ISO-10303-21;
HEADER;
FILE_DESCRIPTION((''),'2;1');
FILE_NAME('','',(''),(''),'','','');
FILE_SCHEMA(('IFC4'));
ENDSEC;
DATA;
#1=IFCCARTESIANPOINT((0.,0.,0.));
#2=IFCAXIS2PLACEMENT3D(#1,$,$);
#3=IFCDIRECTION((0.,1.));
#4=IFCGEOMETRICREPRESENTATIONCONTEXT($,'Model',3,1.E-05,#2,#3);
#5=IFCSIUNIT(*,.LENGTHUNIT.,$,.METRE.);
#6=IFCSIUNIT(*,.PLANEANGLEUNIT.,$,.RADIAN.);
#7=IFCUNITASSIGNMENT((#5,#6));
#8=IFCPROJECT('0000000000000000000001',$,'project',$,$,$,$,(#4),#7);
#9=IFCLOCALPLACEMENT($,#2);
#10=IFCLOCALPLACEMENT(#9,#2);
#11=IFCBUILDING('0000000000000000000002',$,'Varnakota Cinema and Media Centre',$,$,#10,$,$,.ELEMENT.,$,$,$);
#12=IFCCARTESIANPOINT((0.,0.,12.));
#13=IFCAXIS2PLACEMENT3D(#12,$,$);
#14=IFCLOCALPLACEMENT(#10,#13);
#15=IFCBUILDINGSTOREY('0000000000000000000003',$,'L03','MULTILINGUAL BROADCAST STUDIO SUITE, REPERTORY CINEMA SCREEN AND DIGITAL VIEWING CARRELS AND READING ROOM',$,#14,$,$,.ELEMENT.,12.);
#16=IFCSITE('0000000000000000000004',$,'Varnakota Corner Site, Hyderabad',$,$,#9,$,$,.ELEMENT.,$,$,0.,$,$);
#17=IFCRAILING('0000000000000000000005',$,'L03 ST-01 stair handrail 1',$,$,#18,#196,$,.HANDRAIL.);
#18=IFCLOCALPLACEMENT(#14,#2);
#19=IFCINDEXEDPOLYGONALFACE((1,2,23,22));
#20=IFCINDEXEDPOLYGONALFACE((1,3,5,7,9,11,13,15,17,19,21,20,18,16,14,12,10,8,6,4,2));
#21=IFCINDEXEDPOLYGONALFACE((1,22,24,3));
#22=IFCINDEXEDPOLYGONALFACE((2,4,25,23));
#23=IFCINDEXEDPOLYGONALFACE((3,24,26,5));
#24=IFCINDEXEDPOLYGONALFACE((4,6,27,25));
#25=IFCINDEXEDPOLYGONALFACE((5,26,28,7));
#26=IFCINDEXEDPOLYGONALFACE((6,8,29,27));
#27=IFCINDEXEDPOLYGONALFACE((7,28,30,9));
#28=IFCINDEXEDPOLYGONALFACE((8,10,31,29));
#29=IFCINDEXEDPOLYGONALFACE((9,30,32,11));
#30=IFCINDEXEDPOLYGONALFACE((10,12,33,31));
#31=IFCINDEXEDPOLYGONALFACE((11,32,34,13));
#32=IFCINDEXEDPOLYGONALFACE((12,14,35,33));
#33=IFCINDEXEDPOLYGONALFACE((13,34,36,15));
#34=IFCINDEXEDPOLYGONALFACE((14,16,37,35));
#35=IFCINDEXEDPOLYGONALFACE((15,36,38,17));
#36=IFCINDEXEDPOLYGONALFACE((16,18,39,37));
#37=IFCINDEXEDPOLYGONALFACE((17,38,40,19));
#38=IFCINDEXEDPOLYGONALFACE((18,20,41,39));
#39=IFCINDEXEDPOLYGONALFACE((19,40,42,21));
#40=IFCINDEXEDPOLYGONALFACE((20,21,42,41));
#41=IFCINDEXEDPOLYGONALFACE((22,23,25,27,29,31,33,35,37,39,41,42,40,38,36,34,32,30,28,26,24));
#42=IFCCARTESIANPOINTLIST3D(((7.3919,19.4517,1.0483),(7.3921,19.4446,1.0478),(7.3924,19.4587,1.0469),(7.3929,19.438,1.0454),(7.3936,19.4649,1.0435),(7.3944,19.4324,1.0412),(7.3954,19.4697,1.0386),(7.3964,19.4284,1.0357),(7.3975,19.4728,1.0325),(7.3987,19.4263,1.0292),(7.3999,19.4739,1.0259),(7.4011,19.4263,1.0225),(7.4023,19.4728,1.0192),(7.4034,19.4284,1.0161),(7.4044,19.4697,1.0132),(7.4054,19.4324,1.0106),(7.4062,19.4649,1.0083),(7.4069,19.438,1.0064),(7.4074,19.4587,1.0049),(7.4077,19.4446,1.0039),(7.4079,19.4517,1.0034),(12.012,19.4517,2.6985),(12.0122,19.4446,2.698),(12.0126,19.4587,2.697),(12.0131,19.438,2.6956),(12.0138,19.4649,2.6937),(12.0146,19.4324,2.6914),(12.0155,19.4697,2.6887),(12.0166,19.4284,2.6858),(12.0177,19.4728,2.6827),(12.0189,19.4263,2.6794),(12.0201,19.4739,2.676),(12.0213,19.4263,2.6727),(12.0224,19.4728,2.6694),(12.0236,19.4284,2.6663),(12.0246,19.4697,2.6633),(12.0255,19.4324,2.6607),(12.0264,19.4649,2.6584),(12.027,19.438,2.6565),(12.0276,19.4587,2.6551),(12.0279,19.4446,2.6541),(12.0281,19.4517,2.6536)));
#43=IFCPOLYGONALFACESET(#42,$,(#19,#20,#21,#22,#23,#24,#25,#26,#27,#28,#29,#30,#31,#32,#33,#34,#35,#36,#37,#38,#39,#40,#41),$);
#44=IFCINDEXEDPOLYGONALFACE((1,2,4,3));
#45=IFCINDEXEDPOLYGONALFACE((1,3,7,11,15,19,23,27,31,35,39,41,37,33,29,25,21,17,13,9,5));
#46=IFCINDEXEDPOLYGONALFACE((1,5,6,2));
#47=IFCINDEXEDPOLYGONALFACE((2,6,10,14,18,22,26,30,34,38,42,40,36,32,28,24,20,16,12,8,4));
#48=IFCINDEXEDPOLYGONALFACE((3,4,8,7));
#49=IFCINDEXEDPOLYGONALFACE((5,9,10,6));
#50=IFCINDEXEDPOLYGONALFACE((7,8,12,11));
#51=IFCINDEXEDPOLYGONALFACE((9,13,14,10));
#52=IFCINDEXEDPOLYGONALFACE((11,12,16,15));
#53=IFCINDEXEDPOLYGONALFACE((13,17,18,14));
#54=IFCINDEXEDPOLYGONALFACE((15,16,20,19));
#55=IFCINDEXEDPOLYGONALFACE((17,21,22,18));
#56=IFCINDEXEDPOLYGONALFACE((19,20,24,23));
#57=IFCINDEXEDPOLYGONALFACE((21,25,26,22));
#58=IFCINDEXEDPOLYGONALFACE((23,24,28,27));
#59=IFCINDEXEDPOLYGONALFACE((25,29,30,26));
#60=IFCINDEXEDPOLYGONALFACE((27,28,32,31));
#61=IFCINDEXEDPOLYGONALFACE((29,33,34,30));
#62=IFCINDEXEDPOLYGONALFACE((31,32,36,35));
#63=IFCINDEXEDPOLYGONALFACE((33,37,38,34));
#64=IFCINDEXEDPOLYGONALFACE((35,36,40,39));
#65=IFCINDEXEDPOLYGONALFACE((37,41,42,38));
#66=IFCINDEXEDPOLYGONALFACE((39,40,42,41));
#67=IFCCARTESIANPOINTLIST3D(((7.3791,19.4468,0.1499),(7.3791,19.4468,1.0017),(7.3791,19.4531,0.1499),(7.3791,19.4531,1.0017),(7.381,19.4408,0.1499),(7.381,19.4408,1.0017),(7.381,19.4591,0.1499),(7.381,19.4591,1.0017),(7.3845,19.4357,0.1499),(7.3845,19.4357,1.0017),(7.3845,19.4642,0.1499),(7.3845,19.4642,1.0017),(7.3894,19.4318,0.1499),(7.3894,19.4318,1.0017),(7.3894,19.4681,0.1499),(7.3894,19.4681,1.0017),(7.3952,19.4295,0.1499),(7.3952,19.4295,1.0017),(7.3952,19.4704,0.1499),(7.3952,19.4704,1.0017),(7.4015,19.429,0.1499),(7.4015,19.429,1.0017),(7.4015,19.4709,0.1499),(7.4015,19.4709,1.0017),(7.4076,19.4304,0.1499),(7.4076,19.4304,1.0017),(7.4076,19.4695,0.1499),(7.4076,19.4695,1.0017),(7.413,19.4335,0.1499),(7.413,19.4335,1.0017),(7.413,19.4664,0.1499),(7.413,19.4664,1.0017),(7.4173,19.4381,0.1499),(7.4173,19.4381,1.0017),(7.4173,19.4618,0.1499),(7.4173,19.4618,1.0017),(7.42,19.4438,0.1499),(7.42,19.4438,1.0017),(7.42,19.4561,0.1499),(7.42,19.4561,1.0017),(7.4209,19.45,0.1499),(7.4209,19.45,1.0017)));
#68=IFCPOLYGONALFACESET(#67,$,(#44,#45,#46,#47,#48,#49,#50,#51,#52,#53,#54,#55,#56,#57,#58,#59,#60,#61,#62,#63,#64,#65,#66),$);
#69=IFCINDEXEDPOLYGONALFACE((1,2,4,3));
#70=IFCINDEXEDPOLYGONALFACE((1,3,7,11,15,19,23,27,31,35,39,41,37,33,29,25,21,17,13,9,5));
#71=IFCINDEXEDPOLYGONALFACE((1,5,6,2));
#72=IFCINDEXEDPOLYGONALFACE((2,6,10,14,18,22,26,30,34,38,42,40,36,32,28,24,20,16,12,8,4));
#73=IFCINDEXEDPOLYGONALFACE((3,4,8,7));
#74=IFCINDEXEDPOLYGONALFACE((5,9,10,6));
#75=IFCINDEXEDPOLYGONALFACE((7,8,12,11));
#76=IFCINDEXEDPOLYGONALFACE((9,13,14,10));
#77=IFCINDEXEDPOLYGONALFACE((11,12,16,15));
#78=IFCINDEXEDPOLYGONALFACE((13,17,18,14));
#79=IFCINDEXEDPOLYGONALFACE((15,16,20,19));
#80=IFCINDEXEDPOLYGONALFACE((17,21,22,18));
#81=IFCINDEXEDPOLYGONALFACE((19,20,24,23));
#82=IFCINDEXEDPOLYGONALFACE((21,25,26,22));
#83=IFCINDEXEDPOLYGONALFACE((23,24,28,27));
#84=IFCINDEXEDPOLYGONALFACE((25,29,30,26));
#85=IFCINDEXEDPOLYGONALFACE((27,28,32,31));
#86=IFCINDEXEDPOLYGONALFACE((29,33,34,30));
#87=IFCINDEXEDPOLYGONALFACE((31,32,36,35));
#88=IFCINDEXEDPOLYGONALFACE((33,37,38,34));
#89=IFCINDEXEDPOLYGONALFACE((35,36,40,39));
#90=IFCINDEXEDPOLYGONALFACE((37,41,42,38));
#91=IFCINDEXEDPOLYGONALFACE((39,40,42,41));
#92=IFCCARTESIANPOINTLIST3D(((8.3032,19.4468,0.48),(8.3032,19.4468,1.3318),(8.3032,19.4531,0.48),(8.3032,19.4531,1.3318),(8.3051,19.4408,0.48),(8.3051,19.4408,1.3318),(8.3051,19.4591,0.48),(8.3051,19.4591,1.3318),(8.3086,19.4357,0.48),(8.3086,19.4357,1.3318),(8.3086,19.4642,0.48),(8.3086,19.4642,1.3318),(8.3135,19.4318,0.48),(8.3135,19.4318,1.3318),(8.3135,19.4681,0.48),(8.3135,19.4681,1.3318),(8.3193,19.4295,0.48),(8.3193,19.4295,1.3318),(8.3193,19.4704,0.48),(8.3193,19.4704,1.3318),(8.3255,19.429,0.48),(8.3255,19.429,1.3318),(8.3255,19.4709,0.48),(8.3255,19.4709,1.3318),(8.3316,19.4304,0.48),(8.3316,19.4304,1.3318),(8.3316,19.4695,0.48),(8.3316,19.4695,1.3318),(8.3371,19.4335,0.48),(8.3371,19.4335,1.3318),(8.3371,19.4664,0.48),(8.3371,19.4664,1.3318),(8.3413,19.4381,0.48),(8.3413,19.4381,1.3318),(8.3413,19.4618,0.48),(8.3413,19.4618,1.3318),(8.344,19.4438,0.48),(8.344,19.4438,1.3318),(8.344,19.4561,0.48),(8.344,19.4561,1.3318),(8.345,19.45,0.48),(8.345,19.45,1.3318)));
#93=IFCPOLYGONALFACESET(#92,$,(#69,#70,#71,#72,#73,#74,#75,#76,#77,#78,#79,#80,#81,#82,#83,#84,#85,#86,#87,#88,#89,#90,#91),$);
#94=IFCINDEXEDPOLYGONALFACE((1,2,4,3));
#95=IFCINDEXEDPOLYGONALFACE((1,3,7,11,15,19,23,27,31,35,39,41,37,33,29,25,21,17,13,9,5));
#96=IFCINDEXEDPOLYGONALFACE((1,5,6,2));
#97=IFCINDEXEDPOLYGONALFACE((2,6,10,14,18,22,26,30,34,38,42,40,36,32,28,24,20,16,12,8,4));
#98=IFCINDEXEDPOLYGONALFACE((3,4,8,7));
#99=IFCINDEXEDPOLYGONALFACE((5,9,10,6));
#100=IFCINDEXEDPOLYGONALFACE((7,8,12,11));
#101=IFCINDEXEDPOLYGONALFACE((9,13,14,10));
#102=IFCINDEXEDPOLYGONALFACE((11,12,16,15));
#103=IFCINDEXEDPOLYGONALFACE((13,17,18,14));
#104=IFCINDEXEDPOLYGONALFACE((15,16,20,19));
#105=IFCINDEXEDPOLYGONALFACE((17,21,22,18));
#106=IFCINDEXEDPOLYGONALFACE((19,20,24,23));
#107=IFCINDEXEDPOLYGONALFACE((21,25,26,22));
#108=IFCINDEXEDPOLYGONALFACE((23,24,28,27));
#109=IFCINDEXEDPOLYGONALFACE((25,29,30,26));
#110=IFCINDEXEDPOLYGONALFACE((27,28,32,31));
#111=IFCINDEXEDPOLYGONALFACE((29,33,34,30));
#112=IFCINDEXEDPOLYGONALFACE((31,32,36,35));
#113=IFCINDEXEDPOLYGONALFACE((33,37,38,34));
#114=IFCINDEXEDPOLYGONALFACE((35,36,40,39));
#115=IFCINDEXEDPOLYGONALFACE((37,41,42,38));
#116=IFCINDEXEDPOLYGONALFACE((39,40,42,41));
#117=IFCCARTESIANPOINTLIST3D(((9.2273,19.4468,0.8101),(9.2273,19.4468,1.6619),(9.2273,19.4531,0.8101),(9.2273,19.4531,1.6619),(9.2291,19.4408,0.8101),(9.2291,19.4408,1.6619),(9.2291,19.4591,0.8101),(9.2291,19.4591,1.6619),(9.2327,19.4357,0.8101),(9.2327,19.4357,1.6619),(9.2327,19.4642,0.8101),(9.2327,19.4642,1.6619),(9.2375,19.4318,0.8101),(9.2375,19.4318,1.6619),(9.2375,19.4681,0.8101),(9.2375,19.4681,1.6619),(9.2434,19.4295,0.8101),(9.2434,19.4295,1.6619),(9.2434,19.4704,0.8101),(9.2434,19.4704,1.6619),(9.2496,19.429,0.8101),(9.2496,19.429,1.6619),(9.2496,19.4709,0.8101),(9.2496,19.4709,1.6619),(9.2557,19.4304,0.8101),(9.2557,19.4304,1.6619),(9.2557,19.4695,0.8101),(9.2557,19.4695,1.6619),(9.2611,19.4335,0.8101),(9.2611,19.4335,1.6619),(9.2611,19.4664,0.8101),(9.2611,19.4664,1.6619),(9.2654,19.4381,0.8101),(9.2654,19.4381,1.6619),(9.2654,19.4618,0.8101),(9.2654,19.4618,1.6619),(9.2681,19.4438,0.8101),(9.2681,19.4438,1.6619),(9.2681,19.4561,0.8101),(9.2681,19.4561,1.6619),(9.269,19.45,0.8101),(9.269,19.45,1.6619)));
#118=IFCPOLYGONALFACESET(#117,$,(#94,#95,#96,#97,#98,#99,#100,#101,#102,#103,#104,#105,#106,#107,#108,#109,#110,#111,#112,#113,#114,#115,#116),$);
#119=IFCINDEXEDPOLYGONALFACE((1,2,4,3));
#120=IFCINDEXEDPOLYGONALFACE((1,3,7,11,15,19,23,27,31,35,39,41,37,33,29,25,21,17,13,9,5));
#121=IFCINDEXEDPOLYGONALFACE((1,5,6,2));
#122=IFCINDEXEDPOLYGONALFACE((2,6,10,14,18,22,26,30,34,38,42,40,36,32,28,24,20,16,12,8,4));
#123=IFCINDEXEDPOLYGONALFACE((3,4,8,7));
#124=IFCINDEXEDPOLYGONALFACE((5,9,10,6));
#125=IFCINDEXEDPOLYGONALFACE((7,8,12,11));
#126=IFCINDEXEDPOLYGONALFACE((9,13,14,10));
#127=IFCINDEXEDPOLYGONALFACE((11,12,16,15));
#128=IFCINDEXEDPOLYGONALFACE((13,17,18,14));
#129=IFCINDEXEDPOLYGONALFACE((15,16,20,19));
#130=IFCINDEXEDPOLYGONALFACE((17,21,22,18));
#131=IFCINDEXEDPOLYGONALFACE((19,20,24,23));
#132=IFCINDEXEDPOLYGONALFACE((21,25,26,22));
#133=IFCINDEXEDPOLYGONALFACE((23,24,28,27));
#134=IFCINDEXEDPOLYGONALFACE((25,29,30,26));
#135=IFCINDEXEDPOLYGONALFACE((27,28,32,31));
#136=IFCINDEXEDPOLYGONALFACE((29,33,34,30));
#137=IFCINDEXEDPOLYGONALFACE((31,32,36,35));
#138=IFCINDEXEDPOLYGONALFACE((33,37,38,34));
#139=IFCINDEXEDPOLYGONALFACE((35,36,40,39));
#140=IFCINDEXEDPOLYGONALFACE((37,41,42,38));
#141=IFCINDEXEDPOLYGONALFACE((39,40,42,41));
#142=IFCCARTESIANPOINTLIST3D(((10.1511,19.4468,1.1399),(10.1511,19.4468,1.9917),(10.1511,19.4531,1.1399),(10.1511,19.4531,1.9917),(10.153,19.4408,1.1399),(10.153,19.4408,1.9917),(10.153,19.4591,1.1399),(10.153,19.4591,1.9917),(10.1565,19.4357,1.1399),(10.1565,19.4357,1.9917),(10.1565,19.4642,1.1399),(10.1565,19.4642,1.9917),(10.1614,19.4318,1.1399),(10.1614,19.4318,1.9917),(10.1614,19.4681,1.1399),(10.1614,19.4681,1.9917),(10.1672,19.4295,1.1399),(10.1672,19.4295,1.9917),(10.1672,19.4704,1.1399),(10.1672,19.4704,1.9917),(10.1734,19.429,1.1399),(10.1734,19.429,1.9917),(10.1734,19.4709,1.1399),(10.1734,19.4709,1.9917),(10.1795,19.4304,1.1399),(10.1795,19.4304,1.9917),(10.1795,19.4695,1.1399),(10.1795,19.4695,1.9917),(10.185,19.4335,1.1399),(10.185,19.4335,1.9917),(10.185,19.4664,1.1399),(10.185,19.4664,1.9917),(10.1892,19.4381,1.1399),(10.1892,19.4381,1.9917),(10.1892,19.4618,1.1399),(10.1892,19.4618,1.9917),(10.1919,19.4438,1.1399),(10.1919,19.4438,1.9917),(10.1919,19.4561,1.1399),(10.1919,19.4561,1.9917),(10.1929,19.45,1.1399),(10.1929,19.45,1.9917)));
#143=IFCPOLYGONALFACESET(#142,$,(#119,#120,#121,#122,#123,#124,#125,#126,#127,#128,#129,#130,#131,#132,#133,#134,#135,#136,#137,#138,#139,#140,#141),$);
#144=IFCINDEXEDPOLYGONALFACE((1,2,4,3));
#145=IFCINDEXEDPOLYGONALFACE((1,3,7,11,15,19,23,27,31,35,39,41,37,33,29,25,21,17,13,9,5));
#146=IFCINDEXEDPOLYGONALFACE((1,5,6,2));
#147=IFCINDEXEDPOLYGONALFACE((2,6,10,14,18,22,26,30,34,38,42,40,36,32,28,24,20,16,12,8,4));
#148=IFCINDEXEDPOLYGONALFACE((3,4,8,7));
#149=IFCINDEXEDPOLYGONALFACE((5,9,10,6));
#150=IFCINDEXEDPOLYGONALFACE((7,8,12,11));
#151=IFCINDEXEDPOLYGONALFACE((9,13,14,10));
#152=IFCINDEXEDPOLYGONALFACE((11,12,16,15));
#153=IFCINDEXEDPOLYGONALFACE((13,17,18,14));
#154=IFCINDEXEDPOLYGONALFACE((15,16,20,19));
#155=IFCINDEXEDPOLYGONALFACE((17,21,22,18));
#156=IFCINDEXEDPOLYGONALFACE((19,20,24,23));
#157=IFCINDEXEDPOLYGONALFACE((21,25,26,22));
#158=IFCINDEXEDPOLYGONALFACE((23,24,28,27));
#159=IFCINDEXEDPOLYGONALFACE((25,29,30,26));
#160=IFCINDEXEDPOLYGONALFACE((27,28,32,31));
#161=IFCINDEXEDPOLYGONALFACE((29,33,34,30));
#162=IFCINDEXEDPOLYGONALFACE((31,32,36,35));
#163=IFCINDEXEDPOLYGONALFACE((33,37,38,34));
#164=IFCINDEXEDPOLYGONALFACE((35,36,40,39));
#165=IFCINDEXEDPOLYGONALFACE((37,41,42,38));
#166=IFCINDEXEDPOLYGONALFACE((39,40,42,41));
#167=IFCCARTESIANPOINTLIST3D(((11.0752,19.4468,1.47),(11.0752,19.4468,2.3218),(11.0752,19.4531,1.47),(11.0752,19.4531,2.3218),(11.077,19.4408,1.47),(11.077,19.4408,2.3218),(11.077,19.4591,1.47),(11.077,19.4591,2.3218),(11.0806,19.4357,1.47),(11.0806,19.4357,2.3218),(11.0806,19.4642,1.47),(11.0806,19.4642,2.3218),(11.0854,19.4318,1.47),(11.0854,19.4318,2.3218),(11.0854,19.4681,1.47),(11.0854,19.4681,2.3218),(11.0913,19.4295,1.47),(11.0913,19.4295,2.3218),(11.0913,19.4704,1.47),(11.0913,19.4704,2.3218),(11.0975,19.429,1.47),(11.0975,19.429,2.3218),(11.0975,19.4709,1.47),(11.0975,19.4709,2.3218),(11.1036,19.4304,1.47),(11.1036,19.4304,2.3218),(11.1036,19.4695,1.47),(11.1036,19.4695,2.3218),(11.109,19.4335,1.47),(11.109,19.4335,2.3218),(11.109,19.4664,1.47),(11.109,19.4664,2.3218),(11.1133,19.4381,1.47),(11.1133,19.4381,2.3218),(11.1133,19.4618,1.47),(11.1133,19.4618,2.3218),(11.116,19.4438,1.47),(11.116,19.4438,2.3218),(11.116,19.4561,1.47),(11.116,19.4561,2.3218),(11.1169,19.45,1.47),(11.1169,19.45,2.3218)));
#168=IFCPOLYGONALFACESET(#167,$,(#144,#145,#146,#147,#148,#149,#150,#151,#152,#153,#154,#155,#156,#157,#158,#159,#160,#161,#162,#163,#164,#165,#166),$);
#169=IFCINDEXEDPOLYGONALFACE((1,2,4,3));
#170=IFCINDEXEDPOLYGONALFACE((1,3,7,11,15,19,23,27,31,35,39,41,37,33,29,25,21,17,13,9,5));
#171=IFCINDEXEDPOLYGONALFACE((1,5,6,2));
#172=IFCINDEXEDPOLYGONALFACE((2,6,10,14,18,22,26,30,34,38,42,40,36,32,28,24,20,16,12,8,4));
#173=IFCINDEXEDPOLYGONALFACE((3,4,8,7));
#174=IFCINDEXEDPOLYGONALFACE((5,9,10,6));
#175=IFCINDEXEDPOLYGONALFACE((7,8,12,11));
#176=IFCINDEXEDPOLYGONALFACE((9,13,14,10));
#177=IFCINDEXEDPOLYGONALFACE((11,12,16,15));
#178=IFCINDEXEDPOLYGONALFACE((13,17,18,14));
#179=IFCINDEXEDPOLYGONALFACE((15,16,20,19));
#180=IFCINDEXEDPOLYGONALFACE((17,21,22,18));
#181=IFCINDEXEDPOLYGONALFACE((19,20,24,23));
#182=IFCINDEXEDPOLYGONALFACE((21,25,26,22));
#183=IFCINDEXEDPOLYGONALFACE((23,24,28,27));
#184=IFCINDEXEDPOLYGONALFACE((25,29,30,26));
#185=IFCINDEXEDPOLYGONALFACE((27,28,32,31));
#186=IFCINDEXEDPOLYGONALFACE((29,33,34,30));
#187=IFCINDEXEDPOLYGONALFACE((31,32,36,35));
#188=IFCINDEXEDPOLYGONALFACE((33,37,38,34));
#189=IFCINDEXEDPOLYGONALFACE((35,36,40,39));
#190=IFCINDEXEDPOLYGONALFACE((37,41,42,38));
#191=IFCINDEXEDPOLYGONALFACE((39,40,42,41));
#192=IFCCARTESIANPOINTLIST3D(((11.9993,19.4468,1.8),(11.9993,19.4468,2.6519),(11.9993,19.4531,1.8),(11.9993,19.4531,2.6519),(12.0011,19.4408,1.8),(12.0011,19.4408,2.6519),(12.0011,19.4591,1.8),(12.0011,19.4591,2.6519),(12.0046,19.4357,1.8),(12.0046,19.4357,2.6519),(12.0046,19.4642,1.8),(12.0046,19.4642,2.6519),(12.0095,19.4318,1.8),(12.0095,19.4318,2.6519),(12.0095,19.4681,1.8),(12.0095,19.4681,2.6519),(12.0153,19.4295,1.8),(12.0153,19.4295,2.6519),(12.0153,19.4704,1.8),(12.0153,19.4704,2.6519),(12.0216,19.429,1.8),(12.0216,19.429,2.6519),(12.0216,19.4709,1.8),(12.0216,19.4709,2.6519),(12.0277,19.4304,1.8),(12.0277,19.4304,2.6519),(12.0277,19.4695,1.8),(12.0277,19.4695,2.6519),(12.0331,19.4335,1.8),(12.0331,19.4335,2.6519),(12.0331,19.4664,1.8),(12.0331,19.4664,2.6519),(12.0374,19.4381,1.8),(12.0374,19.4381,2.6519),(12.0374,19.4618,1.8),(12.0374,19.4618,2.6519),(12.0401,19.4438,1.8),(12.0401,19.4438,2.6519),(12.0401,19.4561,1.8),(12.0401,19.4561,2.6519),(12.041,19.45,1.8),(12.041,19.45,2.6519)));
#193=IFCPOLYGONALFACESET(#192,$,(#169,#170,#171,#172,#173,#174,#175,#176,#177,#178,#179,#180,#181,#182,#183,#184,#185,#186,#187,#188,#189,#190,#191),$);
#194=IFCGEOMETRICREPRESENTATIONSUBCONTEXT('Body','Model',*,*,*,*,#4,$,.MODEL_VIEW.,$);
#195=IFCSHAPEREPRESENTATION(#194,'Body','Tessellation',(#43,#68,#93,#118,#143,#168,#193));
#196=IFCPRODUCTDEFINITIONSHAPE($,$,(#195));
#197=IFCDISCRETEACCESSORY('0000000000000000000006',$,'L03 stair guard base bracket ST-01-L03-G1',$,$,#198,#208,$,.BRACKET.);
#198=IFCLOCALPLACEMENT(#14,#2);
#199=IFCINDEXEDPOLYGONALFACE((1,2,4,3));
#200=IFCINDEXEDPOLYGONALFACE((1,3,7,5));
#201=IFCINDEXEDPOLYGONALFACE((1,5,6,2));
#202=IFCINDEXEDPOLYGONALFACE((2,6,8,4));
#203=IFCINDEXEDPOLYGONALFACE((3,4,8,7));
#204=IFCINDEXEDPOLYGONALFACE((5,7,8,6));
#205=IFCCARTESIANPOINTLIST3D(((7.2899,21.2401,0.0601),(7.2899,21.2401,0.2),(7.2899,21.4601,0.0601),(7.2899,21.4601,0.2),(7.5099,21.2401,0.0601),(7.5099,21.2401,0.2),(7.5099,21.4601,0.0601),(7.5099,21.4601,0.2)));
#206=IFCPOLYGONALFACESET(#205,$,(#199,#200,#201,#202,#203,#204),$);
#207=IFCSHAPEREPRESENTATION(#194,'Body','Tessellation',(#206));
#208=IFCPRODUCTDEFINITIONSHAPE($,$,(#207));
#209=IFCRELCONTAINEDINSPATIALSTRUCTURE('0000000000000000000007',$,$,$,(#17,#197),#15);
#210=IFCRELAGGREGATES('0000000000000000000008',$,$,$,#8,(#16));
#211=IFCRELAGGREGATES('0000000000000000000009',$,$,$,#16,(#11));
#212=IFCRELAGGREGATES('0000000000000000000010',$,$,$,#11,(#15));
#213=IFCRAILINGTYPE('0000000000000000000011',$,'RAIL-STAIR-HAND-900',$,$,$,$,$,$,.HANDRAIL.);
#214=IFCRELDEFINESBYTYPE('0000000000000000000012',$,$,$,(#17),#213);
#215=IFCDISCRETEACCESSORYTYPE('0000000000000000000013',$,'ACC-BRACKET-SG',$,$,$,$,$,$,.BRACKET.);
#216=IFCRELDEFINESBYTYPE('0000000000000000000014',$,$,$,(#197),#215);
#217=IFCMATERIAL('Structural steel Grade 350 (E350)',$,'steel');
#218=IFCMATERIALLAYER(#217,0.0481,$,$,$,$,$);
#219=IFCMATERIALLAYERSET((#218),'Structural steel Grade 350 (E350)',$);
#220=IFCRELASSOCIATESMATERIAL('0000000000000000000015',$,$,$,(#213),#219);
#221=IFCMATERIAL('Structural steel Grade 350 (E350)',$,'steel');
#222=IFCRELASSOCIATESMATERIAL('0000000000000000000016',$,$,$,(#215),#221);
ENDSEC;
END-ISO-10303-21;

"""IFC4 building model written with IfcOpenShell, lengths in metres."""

from ifc_helpers import new_model, si_unit, direction, frame, origin, origin_2d, place, context, subcontext, project, spatial, rectangle, circle, extrude, material, layer, layer_set, type_object, element, save


model = new_model("IFC4")

# Units and contexts
model_context = context("Model", 3, precision=1e-05, world=origin(), true_north=direction((0.0, 1.0)))
body_context = subcontext(model_context, "Body", "Model", "MODEL_VIEW")
ifc_project = project(units=[si_unit("LENGTHUNIT", "METRE"), si_unit("PLANEANGLEUNIT", "RADIAN")], contexts=[model_context])

# Site, building, storey
site_placement = place(None, origin())
site = spatial("IfcSite", under=ifc_project, at=site_placement, Name="Varnakota Corner Site, Hyderabad", CompositionType="ELEMENT", RefElevation=0.0)
building_placement = place(site_placement, origin())
building = spatial("IfcBuilding", under=site, at=building_placement, Name="Varnakota Cinema and Media Centre", CompositionType="ELEMENT")
storey_placement = place(building_placement, frame((0.0, 0.0, 12.0)))
storey = spatial("IfcBuildingStorey", under=building, at=storey_placement, Name="L03", Description="MULTILINGUAL BROADCAST STUDIO SUITE, REPERTORY CINEMA SCREEN AND DIGITAL VIEWING CARRELS AND READING ROOM", CompositionType="ELEMENT", Elevation=12.0)

# Railing
ifc_material_1 = material(Name="Structural steel Grade 350 (E350)", Category="steel")
ifc_layer_1 = layer(ifc_material_1, 0.0481)
ifc_layer_set_1 = layer_set([ifc_layer_1], Name="Structural steel Grade 350 (E350)")
railing_type_1 = type_object("IfcRailingType", Name="RAIL-STAIR-HAND-900", PredefinedType="HANDRAIL", material=ifc_layer_set_1)
railing_1_placement = place(storey_placement, frame((7.3999, 19.45, 0.1499)))
element("IfcRailing", 1, at=railing_1_placement, inside=storey, type_object=railing_type_1, Name="L03 ST-01 stair handrail 1", PredefinedType="HANDRAIL", context=body_context, shape_type="SweptSolid", body=[
    extrude(circle(Radius=0.0239, at=origin_2d()), frame((0.0, 0.0, 0.876), z_axis=(0.941735, 0.0, 0.336355), x_axis=(0.0, 1.0, 0.0)), (0.0, 0.0, 1.0), 4.906),
    extrude(circle(Radius=0.021, at=origin_2d()), origin(), (0.0, 0.0, 1.0), 0.8518),
    extrude(circle(Radius=0.021, at=origin_2d()), frame((0.9241, 0.0, 0.3301)), (0.0, 0.0, 1.0), 0.8518),
    extrude(circle(Radius=0.021, at=origin_2d()), frame((1.8481, 0.0, 0.6602)), (0.0, 0.0, 1.0), 0.8518),
    extrude(circle(Radius=0.021, at=origin_2d()), frame((2.772, 0.0, 0.99)), (0.0, 0.0, 1.0), 0.8518),
    extrude(circle(Radius=0.021, at=origin_2d()), frame((3.696, 0.0, 1.3201)), (0.0, 0.0, 1.0), 0.8518),
    extrude(circle(Radius=0.021, at=origin_2d()), frame((4.6201, 0.0, 1.6501)), (0.0, 0.0, 1.0), 0.8518),
])

# Discrete accessory
ifc_material_2 = material(Name="Structural steel Grade 350 (E350)", Category="steel")
discrete_accessory_type = type_object("IfcDiscreteAccessoryType", Name="ACC-BRACKET-SG", PredefinedType="BRACKET", material=ifc_material_2)
for number, where, z_axis, x_axis, name in (
    (2, (7.3999, 21.3501, 0.0601), (0.0, 0.0, 1.0), (1.0, 0.0, 0.0), "L03 stair guard base bracket ST-01-L03-G1"),
):
    element("IfcDiscreteAccessory", number, at=place(storey_placement, frame(where, z_axis=z_axis, x_axis=x_axis)), inside=storey, type_object=discrete_accessory_type, Name=name, PredefinedType="BRACKET", context=body_context, shape_type="SweptSolid", body=[
        extrude(rectangle(XDim=0.22, YDim=0.22, at=origin_2d()), origin(), (0.0, 0.0, 1.0), 0.1399),
    ])

save(model, "model.ifc")
